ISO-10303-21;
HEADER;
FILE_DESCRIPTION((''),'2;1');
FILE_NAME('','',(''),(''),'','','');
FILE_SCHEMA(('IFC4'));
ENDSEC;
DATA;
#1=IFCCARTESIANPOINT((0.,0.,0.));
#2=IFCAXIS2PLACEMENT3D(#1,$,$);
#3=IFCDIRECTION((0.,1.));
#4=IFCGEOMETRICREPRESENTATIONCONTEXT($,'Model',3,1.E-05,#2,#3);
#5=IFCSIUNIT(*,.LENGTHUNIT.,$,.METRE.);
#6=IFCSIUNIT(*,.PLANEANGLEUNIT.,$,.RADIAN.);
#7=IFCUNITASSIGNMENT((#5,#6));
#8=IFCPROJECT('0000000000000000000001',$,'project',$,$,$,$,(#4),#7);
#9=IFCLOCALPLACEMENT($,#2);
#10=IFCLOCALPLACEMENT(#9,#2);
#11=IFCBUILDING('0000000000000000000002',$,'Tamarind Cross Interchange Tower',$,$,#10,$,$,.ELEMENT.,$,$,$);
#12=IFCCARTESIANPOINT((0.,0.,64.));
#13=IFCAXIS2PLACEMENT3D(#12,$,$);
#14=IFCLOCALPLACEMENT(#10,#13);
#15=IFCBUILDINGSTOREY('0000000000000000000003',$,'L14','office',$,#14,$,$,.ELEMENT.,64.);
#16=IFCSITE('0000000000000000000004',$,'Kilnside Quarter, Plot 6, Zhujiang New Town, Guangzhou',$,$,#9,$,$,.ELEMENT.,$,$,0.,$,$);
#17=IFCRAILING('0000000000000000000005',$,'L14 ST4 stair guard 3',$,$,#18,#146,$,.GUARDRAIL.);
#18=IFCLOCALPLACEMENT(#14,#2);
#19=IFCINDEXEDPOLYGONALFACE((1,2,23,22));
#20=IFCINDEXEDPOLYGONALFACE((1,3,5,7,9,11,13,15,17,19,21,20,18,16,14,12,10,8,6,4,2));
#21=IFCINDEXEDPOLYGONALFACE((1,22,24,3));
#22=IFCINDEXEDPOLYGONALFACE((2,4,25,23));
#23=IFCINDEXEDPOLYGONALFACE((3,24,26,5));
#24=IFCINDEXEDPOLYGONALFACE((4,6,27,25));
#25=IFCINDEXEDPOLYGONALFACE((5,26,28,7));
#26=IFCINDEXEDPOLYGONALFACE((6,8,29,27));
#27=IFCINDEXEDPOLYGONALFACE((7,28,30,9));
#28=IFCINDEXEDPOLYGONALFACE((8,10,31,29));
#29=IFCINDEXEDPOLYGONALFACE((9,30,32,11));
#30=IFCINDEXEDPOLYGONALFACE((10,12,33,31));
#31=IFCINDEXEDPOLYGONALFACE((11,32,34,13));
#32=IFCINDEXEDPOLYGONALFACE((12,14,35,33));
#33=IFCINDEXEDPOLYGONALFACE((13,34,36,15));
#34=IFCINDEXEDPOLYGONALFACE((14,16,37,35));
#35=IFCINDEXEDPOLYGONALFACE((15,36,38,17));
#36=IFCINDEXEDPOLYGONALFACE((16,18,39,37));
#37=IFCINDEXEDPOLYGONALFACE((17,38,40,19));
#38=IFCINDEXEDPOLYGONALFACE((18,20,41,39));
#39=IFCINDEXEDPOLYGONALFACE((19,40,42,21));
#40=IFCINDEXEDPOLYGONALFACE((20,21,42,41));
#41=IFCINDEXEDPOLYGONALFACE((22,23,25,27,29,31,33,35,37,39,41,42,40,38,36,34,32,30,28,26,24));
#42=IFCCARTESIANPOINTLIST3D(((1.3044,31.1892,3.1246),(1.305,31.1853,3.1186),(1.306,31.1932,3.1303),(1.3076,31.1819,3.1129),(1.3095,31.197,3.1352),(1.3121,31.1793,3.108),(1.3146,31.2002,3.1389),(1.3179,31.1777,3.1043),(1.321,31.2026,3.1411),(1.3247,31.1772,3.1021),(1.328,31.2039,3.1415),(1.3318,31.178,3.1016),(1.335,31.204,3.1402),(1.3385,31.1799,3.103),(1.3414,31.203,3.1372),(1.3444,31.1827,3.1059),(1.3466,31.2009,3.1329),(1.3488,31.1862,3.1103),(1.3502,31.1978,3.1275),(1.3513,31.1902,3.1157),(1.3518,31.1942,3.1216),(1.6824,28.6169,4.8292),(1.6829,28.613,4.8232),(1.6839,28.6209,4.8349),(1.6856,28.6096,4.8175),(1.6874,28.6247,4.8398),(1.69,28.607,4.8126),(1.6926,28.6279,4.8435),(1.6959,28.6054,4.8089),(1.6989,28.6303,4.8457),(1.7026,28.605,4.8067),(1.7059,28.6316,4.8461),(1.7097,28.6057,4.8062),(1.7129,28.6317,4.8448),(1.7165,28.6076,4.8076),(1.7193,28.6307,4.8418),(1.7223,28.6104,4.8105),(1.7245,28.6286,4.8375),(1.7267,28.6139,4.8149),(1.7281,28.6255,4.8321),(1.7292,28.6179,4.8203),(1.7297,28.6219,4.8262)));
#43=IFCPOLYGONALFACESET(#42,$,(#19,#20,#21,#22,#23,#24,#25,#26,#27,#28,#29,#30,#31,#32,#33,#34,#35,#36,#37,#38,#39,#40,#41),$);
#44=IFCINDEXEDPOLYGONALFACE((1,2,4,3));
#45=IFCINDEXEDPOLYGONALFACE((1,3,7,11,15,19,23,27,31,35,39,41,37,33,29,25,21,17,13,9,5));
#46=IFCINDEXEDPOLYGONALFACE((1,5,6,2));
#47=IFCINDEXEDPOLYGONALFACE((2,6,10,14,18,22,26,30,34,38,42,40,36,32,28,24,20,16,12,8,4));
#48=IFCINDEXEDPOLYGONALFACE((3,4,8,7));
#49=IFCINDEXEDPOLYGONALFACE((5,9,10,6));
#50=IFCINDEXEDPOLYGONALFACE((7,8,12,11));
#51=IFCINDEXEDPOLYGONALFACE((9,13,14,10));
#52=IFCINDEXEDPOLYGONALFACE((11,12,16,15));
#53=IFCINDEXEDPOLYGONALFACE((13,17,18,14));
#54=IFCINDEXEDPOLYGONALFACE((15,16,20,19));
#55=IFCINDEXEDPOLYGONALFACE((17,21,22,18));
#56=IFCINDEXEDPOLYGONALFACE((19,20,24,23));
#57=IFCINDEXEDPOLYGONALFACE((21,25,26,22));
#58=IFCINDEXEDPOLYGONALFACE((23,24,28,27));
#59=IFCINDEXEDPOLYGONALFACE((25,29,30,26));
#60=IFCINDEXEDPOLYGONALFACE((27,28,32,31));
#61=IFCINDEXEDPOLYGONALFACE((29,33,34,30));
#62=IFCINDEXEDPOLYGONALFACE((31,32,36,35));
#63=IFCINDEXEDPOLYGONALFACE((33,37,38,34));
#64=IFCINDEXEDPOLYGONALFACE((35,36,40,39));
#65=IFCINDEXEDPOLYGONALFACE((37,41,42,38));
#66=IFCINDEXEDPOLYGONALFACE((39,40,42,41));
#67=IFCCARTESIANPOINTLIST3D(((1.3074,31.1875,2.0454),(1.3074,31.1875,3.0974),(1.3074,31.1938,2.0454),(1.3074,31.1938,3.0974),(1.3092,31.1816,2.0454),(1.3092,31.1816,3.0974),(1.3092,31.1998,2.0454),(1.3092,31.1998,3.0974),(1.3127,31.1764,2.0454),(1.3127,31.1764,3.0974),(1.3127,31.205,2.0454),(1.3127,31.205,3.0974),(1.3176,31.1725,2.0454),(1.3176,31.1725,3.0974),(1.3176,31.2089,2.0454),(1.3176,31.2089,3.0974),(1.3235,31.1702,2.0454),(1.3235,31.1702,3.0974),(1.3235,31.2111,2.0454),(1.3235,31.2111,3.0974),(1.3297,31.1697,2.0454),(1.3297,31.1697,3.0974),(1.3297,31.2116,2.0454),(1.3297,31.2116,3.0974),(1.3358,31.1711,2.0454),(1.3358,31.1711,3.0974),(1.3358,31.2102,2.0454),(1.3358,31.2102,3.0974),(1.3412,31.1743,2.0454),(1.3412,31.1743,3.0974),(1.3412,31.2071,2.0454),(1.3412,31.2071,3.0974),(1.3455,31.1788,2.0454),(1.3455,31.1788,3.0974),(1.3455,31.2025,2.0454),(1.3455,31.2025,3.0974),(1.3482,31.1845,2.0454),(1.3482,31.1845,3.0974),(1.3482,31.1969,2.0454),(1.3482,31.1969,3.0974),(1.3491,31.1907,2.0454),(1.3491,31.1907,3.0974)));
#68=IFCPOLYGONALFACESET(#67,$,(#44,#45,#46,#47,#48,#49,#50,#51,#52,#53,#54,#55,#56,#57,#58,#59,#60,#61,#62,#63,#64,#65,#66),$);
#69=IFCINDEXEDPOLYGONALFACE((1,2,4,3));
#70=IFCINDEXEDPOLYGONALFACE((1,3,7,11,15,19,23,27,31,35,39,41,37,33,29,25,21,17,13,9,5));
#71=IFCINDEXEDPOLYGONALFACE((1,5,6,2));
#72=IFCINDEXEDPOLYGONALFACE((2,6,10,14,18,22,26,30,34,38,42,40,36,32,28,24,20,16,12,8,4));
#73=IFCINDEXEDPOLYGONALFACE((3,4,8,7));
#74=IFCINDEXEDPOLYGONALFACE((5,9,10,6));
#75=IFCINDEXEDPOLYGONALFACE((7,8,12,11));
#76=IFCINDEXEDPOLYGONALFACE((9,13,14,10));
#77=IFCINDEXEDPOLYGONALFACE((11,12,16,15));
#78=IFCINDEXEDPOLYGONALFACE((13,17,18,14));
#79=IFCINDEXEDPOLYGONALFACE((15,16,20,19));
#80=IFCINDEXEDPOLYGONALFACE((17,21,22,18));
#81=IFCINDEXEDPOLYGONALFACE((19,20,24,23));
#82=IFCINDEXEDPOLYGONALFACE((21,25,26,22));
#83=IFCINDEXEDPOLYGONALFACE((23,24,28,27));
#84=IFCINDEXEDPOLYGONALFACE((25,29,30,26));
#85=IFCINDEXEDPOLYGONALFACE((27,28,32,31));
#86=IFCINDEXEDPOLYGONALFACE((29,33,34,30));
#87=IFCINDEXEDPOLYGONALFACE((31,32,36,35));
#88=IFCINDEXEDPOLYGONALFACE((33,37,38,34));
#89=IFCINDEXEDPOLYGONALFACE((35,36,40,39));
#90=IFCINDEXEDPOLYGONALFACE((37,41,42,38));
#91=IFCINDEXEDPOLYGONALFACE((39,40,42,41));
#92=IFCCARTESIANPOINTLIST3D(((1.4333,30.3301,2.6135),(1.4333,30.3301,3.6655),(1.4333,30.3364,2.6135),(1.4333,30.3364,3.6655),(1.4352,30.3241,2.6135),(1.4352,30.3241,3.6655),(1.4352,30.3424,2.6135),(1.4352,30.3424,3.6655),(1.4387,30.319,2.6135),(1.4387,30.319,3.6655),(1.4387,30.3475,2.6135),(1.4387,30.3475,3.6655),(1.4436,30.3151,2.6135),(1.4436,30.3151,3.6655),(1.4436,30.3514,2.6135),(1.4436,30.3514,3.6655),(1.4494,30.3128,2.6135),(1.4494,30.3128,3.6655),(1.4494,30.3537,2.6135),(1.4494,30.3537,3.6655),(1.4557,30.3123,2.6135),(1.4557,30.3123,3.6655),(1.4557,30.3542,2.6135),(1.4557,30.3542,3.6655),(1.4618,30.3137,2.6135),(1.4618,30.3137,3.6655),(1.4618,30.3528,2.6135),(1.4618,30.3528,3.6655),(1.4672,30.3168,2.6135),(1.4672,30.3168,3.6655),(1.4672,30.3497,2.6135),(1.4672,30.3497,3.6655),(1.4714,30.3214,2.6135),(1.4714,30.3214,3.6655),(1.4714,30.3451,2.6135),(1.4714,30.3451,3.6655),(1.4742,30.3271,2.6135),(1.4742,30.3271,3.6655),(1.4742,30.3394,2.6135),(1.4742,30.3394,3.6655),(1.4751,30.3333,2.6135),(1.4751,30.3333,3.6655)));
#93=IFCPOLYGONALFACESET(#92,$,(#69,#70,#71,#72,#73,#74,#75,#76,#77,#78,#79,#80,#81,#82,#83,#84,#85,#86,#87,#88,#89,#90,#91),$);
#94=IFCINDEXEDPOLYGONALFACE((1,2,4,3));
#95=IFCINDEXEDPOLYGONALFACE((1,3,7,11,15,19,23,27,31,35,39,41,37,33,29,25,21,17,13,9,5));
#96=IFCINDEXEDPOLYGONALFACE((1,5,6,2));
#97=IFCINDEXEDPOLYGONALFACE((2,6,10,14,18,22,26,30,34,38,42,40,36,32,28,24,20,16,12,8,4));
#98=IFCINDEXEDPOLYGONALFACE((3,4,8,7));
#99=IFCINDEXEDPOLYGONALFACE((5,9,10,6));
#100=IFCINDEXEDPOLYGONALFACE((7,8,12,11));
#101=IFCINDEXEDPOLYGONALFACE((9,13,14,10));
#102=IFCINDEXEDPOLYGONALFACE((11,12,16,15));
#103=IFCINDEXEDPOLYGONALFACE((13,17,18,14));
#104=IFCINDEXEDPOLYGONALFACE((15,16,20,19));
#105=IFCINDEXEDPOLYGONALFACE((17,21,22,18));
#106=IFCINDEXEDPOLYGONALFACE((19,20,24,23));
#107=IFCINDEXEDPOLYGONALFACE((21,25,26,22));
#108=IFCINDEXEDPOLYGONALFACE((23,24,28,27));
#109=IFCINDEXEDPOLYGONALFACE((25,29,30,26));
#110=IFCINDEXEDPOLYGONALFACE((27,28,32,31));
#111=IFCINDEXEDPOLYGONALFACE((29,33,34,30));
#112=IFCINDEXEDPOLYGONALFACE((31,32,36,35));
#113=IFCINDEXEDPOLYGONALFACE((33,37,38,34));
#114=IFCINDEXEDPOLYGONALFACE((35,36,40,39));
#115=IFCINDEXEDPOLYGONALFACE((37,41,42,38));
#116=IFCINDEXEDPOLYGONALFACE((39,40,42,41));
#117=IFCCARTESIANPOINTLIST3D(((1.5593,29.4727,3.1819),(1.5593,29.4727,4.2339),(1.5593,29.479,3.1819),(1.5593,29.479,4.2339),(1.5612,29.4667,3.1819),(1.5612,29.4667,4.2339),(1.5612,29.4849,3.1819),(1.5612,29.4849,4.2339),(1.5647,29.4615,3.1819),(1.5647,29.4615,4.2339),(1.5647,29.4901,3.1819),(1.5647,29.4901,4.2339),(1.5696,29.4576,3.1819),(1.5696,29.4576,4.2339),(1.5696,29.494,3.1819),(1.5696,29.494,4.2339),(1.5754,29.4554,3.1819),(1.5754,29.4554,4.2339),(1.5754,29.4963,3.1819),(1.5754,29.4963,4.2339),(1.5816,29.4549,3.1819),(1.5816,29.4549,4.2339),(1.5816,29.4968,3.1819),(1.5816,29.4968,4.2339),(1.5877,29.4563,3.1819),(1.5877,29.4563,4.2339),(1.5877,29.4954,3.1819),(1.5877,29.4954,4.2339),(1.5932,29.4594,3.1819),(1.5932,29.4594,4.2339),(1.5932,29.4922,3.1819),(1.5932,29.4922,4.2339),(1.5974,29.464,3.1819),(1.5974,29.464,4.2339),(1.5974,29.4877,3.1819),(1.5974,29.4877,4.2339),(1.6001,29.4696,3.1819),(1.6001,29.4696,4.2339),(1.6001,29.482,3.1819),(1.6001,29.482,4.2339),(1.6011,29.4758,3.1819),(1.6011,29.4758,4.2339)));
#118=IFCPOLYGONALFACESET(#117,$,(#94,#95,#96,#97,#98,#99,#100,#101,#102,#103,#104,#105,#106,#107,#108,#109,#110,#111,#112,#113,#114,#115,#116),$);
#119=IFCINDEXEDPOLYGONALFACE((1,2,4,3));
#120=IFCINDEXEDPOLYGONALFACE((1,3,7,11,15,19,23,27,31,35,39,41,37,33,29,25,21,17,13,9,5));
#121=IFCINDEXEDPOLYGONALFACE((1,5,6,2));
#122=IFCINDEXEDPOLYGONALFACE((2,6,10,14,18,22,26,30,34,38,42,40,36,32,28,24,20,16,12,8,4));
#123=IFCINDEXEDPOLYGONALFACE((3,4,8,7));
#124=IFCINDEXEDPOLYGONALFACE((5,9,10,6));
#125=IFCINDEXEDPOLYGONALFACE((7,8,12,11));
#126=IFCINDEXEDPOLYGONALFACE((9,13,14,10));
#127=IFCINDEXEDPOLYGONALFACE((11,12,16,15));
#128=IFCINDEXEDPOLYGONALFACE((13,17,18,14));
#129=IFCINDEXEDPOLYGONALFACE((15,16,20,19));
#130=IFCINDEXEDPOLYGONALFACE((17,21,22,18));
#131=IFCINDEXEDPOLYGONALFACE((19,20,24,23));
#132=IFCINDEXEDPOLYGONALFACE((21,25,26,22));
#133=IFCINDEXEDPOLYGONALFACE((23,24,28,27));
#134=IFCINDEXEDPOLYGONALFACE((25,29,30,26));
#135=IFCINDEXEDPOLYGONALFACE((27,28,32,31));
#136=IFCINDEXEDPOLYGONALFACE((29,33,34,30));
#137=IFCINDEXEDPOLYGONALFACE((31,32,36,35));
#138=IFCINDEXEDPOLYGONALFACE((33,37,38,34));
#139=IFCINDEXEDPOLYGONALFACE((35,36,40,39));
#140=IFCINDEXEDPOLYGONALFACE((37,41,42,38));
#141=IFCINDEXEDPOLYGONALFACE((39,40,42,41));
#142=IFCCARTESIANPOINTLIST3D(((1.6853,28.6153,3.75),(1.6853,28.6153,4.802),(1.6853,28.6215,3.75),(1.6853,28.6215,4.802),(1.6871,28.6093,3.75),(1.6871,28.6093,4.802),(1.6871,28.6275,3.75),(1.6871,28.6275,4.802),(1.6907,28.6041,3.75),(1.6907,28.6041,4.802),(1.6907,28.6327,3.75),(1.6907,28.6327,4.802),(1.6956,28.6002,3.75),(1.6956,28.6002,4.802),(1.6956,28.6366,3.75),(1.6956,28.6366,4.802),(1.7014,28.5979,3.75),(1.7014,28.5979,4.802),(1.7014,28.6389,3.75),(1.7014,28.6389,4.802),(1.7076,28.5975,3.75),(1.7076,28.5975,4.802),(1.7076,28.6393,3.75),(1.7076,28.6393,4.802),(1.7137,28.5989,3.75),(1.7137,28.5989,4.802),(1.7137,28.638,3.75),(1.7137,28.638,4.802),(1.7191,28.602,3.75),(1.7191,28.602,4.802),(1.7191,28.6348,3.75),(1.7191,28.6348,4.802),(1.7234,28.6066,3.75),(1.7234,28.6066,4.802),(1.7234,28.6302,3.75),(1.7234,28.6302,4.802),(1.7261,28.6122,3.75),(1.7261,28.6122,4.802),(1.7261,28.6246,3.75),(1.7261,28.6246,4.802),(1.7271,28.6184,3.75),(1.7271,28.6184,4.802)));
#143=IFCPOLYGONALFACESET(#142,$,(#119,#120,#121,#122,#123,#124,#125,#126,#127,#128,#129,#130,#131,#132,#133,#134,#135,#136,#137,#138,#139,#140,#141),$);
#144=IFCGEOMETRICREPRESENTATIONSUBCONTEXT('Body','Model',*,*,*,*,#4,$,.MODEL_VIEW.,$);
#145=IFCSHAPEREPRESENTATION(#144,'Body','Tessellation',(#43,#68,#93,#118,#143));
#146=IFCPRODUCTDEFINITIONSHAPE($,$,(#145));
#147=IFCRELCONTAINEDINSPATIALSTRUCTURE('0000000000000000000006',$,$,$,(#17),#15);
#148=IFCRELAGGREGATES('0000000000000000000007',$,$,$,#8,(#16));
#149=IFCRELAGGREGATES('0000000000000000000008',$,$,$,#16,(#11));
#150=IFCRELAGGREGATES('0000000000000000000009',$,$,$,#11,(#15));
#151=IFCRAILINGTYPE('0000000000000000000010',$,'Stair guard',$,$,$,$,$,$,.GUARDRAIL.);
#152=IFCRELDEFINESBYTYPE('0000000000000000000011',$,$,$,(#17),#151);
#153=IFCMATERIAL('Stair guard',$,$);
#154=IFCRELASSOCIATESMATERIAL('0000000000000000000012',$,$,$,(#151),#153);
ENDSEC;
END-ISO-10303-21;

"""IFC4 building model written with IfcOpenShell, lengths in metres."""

from ifc_helpers import new_model, si_unit, direction, frame, origin, origin_2d, place, context, subcontext, project, spatial, circle, extrude, material, type_object, element, save


model = new_model("IFC4")

# Units and contexts
model_context = context("Model", 3, precision=1e-05, world=origin(), true_north=direction((0.0, 1.0)))
body_context = subcontext(model_context, "Body", "Model", "MODEL_VIEW")
ifc_project = project(units=[si_unit("LENGTHUNIT", "METRE"), si_unit("PLANEANGLEUNIT", "RADIAN")], contexts=[model_context])

# Site, building, storey
site_placement = place(None, origin())
site = spatial("IfcSite", under=ifc_project, at=site_placement, Name="Kilnside Quarter, Plot 6, Zhujiang New Town, Guangzhou", CompositionType="ELEMENT", RefElevation=0.0)
building_placement = place(site_placement, origin())
building = spatial("IfcBuilding", under=site, at=building_placement, Name="Tamarind Cross Interchange Tower", CompositionType="ELEMENT")
storey_placement = place(building_placement, frame((0.0, 0.0, 64.0)))
storey = spatial("IfcBuildingStorey", under=building, at=storey_placement, Name="L14", Description="office", CompositionType="ELEMENT", Elevation=64.0)

# Railing
ifc_material_1 = material(Name="Stair guard")
railing_type_1 = type_object("IfcRailingType", Name="Stair guard", PredefinedType="GUARDRAIL", material=ifc_material_1)
railing_1_placement = place(storey_placement, frame((1.3281, 31.1907, 2.0454)))
element("IfcRailing", 1, at=railing_1_placement, inside=storey, type_object=railing_type_1, Name="L14 ST4 stair guard 3", PredefinedType="GUARDRAIL", context=body_context, shape_type="SweptSolid", body=[
    extrude(circle(Radius=0.0239, at=origin_2d()), frame((0.0, 0.0, 1.0762), z_axis=(0.121565, -0.827398, 0.548301), x_axis=(0.989378, 0.145364, 0.0)), (0.0, 0.0, 1.0), 3.1089),
    extrude(circle(Radius=0.021, at=origin_2d()), origin(), (0.0, 0.0, 1.0), 1.052),
    extrude(circle(Radius=0.021, at=origin_2d()), frame((0.126, -0.8574, 0.5681)), (0.0, 0.0, 1.0), 1.052),
    extrude(circle(Radius=0.021, at=origin_2d()), frame((0.252, -1.7148, 1.1365)), (0.0, 0.0, 1.0), 1.052),
    extrude(circle(Radius=0.021, at=origin_2d()), frame((0.3779, -2.5723, 1.7046)), (0.0, 0.0, 1.0), 1.052),
])

save(model, "model.ifc")
